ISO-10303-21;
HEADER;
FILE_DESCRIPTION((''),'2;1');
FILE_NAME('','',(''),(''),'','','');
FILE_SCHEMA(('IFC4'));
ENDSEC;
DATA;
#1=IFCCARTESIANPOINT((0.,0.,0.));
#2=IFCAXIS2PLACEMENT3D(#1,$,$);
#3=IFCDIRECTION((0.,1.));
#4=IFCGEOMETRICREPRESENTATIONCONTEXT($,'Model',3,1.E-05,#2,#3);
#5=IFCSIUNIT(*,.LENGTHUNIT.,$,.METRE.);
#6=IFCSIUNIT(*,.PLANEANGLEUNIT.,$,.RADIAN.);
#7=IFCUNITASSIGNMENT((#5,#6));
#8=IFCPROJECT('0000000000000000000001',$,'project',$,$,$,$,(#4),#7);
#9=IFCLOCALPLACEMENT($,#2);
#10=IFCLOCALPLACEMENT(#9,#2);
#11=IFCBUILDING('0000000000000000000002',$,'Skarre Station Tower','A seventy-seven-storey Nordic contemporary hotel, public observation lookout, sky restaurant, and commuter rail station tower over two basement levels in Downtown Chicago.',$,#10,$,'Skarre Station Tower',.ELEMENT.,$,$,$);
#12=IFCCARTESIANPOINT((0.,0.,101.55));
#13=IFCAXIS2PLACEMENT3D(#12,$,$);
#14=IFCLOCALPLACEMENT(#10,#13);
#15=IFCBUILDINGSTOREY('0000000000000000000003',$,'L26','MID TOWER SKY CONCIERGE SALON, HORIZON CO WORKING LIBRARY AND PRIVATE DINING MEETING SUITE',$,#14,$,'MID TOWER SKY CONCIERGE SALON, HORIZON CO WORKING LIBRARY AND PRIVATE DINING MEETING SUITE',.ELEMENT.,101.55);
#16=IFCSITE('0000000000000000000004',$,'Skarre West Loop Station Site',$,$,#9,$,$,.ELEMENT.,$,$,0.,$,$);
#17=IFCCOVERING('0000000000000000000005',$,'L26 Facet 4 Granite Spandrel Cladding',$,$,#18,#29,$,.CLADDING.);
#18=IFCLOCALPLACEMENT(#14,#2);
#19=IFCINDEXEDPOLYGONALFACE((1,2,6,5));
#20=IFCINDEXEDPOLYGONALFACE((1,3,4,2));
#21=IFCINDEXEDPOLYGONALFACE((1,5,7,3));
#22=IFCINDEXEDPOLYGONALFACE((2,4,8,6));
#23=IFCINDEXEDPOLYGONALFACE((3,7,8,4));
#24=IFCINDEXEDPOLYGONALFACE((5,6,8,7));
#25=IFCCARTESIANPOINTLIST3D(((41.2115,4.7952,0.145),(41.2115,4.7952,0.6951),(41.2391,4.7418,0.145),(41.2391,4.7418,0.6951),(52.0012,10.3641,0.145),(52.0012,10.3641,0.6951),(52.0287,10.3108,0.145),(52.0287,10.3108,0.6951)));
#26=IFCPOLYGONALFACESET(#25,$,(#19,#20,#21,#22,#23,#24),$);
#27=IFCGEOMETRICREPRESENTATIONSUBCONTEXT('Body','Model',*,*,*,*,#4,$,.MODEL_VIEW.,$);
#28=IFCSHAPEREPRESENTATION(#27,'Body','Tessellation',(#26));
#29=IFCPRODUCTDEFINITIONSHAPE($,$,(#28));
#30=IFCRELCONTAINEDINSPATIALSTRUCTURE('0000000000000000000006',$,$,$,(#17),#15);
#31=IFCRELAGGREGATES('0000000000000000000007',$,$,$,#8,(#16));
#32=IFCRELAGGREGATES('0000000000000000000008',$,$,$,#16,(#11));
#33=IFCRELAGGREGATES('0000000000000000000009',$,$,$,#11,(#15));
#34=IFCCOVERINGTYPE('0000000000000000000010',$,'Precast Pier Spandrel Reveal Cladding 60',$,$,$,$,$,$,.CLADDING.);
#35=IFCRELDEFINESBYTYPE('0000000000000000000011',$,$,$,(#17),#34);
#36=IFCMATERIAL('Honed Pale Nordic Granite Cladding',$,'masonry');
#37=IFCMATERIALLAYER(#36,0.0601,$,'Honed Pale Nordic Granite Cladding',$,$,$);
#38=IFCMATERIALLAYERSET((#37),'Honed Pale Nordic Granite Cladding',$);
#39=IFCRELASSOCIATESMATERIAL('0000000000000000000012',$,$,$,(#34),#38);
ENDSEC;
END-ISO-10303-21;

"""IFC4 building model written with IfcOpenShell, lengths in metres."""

from ifc_helpers import new_model, si_unit, direction, frame, origin, origin_2d, place, context, subcontext, project, spatial, rectangle, extrude, material, layer, layer_set, type_object, element, save


model = new_model("IFC4")

# Units and contexts
model_context = context("Model", 3, precision=1e-05, world=origin(), true_north=direction((0.0, 1.0)))
body_context = subcontext(model_context, "Body", "Model", "MODEL_VIEW")
ifc_project = project(units=[si_unit("LENGTHUNIT", "METRE"), si_unit("PLANEANGLEUNIT", "RADIAN")], contexts=[model_context])

# Site, building, storey
site_placement = place(None, origin())
site = spatial("IfcSite", under=ifc_project, at=site_placement, Name="Skarre West Loop Station Site", CompositionType="ELEMENT", RefElevation=0.0)
building_placement = place(site_placement, origin())
building = spatial("IfcBuilding", under=site, at=building_placement, Name="Skarre Station Tower", Description="A seventy-seven-storey Nordic contemporary hotel, public observation lookout, sky restaurant, and commuter rail station tower over two basement levels in Downtown Chicago.", LongName="Skarre Station Tower", CompositionType="ELEMENT")
storey_placement = place(building_placement, frame((0.0, 0.0, 101.55)))
storey = spatial("IfcBuildingStorey", under=building, at=storey_placement, Name="L26", Description="MID TOWER SKY CONCIERGE SALON, HORIZON CO WORKING LIBRARY AND PRIVATE DINING MEETING SUITE", LongName="MID TOWER SKY CONCIERGE SALON, HORIZON CO WORKING LIBRARY AND PRIVATE DINING MEETING SUITE", CompositionType="ELEMENT", Elevation=101.55)

# Covering
ifc_material_1 = material(Name="Honed Pale Nordic Granite Cladding", Category="masonry")
ifc_layer_1 = layer(ifc_material_1, 0.0601, Name="Honed Pale Nordic Granite Cladding")
ifc_layer_set_1 = layer_set([ifc_layer_1], Name="Honed Pale Nordic Granite Cladding")
covering_type = type_object("IfcCoveringType", Name="Precast Pier Spandrel Reveal Cladding 60", PredefinedType="CLADDING", material=ifc_layer_set_1)
covering_placement = place(storey_placement, frame((46.6201, 7.553, 0.145), z_axis=(0.0, 0.0, 1.0), x_axis=(0.888617, 0.45865, 0.0)))
element("IfcCovering", 1, at=covering_placement, inside=storey, type_object=covering_type, Name="L26 Facet 4 Granite Spandrel Cladding", PredefinedType="CLADDING", context=body_context, shape_type="SweptSolid", body=[
    extrude(rectangle(XDim=12.1421, YDim=0.0601, at=origin_2d()), origin(), (0.0, 0.0, 1.0), 0.55),
])

save(model, "model.ifc")
